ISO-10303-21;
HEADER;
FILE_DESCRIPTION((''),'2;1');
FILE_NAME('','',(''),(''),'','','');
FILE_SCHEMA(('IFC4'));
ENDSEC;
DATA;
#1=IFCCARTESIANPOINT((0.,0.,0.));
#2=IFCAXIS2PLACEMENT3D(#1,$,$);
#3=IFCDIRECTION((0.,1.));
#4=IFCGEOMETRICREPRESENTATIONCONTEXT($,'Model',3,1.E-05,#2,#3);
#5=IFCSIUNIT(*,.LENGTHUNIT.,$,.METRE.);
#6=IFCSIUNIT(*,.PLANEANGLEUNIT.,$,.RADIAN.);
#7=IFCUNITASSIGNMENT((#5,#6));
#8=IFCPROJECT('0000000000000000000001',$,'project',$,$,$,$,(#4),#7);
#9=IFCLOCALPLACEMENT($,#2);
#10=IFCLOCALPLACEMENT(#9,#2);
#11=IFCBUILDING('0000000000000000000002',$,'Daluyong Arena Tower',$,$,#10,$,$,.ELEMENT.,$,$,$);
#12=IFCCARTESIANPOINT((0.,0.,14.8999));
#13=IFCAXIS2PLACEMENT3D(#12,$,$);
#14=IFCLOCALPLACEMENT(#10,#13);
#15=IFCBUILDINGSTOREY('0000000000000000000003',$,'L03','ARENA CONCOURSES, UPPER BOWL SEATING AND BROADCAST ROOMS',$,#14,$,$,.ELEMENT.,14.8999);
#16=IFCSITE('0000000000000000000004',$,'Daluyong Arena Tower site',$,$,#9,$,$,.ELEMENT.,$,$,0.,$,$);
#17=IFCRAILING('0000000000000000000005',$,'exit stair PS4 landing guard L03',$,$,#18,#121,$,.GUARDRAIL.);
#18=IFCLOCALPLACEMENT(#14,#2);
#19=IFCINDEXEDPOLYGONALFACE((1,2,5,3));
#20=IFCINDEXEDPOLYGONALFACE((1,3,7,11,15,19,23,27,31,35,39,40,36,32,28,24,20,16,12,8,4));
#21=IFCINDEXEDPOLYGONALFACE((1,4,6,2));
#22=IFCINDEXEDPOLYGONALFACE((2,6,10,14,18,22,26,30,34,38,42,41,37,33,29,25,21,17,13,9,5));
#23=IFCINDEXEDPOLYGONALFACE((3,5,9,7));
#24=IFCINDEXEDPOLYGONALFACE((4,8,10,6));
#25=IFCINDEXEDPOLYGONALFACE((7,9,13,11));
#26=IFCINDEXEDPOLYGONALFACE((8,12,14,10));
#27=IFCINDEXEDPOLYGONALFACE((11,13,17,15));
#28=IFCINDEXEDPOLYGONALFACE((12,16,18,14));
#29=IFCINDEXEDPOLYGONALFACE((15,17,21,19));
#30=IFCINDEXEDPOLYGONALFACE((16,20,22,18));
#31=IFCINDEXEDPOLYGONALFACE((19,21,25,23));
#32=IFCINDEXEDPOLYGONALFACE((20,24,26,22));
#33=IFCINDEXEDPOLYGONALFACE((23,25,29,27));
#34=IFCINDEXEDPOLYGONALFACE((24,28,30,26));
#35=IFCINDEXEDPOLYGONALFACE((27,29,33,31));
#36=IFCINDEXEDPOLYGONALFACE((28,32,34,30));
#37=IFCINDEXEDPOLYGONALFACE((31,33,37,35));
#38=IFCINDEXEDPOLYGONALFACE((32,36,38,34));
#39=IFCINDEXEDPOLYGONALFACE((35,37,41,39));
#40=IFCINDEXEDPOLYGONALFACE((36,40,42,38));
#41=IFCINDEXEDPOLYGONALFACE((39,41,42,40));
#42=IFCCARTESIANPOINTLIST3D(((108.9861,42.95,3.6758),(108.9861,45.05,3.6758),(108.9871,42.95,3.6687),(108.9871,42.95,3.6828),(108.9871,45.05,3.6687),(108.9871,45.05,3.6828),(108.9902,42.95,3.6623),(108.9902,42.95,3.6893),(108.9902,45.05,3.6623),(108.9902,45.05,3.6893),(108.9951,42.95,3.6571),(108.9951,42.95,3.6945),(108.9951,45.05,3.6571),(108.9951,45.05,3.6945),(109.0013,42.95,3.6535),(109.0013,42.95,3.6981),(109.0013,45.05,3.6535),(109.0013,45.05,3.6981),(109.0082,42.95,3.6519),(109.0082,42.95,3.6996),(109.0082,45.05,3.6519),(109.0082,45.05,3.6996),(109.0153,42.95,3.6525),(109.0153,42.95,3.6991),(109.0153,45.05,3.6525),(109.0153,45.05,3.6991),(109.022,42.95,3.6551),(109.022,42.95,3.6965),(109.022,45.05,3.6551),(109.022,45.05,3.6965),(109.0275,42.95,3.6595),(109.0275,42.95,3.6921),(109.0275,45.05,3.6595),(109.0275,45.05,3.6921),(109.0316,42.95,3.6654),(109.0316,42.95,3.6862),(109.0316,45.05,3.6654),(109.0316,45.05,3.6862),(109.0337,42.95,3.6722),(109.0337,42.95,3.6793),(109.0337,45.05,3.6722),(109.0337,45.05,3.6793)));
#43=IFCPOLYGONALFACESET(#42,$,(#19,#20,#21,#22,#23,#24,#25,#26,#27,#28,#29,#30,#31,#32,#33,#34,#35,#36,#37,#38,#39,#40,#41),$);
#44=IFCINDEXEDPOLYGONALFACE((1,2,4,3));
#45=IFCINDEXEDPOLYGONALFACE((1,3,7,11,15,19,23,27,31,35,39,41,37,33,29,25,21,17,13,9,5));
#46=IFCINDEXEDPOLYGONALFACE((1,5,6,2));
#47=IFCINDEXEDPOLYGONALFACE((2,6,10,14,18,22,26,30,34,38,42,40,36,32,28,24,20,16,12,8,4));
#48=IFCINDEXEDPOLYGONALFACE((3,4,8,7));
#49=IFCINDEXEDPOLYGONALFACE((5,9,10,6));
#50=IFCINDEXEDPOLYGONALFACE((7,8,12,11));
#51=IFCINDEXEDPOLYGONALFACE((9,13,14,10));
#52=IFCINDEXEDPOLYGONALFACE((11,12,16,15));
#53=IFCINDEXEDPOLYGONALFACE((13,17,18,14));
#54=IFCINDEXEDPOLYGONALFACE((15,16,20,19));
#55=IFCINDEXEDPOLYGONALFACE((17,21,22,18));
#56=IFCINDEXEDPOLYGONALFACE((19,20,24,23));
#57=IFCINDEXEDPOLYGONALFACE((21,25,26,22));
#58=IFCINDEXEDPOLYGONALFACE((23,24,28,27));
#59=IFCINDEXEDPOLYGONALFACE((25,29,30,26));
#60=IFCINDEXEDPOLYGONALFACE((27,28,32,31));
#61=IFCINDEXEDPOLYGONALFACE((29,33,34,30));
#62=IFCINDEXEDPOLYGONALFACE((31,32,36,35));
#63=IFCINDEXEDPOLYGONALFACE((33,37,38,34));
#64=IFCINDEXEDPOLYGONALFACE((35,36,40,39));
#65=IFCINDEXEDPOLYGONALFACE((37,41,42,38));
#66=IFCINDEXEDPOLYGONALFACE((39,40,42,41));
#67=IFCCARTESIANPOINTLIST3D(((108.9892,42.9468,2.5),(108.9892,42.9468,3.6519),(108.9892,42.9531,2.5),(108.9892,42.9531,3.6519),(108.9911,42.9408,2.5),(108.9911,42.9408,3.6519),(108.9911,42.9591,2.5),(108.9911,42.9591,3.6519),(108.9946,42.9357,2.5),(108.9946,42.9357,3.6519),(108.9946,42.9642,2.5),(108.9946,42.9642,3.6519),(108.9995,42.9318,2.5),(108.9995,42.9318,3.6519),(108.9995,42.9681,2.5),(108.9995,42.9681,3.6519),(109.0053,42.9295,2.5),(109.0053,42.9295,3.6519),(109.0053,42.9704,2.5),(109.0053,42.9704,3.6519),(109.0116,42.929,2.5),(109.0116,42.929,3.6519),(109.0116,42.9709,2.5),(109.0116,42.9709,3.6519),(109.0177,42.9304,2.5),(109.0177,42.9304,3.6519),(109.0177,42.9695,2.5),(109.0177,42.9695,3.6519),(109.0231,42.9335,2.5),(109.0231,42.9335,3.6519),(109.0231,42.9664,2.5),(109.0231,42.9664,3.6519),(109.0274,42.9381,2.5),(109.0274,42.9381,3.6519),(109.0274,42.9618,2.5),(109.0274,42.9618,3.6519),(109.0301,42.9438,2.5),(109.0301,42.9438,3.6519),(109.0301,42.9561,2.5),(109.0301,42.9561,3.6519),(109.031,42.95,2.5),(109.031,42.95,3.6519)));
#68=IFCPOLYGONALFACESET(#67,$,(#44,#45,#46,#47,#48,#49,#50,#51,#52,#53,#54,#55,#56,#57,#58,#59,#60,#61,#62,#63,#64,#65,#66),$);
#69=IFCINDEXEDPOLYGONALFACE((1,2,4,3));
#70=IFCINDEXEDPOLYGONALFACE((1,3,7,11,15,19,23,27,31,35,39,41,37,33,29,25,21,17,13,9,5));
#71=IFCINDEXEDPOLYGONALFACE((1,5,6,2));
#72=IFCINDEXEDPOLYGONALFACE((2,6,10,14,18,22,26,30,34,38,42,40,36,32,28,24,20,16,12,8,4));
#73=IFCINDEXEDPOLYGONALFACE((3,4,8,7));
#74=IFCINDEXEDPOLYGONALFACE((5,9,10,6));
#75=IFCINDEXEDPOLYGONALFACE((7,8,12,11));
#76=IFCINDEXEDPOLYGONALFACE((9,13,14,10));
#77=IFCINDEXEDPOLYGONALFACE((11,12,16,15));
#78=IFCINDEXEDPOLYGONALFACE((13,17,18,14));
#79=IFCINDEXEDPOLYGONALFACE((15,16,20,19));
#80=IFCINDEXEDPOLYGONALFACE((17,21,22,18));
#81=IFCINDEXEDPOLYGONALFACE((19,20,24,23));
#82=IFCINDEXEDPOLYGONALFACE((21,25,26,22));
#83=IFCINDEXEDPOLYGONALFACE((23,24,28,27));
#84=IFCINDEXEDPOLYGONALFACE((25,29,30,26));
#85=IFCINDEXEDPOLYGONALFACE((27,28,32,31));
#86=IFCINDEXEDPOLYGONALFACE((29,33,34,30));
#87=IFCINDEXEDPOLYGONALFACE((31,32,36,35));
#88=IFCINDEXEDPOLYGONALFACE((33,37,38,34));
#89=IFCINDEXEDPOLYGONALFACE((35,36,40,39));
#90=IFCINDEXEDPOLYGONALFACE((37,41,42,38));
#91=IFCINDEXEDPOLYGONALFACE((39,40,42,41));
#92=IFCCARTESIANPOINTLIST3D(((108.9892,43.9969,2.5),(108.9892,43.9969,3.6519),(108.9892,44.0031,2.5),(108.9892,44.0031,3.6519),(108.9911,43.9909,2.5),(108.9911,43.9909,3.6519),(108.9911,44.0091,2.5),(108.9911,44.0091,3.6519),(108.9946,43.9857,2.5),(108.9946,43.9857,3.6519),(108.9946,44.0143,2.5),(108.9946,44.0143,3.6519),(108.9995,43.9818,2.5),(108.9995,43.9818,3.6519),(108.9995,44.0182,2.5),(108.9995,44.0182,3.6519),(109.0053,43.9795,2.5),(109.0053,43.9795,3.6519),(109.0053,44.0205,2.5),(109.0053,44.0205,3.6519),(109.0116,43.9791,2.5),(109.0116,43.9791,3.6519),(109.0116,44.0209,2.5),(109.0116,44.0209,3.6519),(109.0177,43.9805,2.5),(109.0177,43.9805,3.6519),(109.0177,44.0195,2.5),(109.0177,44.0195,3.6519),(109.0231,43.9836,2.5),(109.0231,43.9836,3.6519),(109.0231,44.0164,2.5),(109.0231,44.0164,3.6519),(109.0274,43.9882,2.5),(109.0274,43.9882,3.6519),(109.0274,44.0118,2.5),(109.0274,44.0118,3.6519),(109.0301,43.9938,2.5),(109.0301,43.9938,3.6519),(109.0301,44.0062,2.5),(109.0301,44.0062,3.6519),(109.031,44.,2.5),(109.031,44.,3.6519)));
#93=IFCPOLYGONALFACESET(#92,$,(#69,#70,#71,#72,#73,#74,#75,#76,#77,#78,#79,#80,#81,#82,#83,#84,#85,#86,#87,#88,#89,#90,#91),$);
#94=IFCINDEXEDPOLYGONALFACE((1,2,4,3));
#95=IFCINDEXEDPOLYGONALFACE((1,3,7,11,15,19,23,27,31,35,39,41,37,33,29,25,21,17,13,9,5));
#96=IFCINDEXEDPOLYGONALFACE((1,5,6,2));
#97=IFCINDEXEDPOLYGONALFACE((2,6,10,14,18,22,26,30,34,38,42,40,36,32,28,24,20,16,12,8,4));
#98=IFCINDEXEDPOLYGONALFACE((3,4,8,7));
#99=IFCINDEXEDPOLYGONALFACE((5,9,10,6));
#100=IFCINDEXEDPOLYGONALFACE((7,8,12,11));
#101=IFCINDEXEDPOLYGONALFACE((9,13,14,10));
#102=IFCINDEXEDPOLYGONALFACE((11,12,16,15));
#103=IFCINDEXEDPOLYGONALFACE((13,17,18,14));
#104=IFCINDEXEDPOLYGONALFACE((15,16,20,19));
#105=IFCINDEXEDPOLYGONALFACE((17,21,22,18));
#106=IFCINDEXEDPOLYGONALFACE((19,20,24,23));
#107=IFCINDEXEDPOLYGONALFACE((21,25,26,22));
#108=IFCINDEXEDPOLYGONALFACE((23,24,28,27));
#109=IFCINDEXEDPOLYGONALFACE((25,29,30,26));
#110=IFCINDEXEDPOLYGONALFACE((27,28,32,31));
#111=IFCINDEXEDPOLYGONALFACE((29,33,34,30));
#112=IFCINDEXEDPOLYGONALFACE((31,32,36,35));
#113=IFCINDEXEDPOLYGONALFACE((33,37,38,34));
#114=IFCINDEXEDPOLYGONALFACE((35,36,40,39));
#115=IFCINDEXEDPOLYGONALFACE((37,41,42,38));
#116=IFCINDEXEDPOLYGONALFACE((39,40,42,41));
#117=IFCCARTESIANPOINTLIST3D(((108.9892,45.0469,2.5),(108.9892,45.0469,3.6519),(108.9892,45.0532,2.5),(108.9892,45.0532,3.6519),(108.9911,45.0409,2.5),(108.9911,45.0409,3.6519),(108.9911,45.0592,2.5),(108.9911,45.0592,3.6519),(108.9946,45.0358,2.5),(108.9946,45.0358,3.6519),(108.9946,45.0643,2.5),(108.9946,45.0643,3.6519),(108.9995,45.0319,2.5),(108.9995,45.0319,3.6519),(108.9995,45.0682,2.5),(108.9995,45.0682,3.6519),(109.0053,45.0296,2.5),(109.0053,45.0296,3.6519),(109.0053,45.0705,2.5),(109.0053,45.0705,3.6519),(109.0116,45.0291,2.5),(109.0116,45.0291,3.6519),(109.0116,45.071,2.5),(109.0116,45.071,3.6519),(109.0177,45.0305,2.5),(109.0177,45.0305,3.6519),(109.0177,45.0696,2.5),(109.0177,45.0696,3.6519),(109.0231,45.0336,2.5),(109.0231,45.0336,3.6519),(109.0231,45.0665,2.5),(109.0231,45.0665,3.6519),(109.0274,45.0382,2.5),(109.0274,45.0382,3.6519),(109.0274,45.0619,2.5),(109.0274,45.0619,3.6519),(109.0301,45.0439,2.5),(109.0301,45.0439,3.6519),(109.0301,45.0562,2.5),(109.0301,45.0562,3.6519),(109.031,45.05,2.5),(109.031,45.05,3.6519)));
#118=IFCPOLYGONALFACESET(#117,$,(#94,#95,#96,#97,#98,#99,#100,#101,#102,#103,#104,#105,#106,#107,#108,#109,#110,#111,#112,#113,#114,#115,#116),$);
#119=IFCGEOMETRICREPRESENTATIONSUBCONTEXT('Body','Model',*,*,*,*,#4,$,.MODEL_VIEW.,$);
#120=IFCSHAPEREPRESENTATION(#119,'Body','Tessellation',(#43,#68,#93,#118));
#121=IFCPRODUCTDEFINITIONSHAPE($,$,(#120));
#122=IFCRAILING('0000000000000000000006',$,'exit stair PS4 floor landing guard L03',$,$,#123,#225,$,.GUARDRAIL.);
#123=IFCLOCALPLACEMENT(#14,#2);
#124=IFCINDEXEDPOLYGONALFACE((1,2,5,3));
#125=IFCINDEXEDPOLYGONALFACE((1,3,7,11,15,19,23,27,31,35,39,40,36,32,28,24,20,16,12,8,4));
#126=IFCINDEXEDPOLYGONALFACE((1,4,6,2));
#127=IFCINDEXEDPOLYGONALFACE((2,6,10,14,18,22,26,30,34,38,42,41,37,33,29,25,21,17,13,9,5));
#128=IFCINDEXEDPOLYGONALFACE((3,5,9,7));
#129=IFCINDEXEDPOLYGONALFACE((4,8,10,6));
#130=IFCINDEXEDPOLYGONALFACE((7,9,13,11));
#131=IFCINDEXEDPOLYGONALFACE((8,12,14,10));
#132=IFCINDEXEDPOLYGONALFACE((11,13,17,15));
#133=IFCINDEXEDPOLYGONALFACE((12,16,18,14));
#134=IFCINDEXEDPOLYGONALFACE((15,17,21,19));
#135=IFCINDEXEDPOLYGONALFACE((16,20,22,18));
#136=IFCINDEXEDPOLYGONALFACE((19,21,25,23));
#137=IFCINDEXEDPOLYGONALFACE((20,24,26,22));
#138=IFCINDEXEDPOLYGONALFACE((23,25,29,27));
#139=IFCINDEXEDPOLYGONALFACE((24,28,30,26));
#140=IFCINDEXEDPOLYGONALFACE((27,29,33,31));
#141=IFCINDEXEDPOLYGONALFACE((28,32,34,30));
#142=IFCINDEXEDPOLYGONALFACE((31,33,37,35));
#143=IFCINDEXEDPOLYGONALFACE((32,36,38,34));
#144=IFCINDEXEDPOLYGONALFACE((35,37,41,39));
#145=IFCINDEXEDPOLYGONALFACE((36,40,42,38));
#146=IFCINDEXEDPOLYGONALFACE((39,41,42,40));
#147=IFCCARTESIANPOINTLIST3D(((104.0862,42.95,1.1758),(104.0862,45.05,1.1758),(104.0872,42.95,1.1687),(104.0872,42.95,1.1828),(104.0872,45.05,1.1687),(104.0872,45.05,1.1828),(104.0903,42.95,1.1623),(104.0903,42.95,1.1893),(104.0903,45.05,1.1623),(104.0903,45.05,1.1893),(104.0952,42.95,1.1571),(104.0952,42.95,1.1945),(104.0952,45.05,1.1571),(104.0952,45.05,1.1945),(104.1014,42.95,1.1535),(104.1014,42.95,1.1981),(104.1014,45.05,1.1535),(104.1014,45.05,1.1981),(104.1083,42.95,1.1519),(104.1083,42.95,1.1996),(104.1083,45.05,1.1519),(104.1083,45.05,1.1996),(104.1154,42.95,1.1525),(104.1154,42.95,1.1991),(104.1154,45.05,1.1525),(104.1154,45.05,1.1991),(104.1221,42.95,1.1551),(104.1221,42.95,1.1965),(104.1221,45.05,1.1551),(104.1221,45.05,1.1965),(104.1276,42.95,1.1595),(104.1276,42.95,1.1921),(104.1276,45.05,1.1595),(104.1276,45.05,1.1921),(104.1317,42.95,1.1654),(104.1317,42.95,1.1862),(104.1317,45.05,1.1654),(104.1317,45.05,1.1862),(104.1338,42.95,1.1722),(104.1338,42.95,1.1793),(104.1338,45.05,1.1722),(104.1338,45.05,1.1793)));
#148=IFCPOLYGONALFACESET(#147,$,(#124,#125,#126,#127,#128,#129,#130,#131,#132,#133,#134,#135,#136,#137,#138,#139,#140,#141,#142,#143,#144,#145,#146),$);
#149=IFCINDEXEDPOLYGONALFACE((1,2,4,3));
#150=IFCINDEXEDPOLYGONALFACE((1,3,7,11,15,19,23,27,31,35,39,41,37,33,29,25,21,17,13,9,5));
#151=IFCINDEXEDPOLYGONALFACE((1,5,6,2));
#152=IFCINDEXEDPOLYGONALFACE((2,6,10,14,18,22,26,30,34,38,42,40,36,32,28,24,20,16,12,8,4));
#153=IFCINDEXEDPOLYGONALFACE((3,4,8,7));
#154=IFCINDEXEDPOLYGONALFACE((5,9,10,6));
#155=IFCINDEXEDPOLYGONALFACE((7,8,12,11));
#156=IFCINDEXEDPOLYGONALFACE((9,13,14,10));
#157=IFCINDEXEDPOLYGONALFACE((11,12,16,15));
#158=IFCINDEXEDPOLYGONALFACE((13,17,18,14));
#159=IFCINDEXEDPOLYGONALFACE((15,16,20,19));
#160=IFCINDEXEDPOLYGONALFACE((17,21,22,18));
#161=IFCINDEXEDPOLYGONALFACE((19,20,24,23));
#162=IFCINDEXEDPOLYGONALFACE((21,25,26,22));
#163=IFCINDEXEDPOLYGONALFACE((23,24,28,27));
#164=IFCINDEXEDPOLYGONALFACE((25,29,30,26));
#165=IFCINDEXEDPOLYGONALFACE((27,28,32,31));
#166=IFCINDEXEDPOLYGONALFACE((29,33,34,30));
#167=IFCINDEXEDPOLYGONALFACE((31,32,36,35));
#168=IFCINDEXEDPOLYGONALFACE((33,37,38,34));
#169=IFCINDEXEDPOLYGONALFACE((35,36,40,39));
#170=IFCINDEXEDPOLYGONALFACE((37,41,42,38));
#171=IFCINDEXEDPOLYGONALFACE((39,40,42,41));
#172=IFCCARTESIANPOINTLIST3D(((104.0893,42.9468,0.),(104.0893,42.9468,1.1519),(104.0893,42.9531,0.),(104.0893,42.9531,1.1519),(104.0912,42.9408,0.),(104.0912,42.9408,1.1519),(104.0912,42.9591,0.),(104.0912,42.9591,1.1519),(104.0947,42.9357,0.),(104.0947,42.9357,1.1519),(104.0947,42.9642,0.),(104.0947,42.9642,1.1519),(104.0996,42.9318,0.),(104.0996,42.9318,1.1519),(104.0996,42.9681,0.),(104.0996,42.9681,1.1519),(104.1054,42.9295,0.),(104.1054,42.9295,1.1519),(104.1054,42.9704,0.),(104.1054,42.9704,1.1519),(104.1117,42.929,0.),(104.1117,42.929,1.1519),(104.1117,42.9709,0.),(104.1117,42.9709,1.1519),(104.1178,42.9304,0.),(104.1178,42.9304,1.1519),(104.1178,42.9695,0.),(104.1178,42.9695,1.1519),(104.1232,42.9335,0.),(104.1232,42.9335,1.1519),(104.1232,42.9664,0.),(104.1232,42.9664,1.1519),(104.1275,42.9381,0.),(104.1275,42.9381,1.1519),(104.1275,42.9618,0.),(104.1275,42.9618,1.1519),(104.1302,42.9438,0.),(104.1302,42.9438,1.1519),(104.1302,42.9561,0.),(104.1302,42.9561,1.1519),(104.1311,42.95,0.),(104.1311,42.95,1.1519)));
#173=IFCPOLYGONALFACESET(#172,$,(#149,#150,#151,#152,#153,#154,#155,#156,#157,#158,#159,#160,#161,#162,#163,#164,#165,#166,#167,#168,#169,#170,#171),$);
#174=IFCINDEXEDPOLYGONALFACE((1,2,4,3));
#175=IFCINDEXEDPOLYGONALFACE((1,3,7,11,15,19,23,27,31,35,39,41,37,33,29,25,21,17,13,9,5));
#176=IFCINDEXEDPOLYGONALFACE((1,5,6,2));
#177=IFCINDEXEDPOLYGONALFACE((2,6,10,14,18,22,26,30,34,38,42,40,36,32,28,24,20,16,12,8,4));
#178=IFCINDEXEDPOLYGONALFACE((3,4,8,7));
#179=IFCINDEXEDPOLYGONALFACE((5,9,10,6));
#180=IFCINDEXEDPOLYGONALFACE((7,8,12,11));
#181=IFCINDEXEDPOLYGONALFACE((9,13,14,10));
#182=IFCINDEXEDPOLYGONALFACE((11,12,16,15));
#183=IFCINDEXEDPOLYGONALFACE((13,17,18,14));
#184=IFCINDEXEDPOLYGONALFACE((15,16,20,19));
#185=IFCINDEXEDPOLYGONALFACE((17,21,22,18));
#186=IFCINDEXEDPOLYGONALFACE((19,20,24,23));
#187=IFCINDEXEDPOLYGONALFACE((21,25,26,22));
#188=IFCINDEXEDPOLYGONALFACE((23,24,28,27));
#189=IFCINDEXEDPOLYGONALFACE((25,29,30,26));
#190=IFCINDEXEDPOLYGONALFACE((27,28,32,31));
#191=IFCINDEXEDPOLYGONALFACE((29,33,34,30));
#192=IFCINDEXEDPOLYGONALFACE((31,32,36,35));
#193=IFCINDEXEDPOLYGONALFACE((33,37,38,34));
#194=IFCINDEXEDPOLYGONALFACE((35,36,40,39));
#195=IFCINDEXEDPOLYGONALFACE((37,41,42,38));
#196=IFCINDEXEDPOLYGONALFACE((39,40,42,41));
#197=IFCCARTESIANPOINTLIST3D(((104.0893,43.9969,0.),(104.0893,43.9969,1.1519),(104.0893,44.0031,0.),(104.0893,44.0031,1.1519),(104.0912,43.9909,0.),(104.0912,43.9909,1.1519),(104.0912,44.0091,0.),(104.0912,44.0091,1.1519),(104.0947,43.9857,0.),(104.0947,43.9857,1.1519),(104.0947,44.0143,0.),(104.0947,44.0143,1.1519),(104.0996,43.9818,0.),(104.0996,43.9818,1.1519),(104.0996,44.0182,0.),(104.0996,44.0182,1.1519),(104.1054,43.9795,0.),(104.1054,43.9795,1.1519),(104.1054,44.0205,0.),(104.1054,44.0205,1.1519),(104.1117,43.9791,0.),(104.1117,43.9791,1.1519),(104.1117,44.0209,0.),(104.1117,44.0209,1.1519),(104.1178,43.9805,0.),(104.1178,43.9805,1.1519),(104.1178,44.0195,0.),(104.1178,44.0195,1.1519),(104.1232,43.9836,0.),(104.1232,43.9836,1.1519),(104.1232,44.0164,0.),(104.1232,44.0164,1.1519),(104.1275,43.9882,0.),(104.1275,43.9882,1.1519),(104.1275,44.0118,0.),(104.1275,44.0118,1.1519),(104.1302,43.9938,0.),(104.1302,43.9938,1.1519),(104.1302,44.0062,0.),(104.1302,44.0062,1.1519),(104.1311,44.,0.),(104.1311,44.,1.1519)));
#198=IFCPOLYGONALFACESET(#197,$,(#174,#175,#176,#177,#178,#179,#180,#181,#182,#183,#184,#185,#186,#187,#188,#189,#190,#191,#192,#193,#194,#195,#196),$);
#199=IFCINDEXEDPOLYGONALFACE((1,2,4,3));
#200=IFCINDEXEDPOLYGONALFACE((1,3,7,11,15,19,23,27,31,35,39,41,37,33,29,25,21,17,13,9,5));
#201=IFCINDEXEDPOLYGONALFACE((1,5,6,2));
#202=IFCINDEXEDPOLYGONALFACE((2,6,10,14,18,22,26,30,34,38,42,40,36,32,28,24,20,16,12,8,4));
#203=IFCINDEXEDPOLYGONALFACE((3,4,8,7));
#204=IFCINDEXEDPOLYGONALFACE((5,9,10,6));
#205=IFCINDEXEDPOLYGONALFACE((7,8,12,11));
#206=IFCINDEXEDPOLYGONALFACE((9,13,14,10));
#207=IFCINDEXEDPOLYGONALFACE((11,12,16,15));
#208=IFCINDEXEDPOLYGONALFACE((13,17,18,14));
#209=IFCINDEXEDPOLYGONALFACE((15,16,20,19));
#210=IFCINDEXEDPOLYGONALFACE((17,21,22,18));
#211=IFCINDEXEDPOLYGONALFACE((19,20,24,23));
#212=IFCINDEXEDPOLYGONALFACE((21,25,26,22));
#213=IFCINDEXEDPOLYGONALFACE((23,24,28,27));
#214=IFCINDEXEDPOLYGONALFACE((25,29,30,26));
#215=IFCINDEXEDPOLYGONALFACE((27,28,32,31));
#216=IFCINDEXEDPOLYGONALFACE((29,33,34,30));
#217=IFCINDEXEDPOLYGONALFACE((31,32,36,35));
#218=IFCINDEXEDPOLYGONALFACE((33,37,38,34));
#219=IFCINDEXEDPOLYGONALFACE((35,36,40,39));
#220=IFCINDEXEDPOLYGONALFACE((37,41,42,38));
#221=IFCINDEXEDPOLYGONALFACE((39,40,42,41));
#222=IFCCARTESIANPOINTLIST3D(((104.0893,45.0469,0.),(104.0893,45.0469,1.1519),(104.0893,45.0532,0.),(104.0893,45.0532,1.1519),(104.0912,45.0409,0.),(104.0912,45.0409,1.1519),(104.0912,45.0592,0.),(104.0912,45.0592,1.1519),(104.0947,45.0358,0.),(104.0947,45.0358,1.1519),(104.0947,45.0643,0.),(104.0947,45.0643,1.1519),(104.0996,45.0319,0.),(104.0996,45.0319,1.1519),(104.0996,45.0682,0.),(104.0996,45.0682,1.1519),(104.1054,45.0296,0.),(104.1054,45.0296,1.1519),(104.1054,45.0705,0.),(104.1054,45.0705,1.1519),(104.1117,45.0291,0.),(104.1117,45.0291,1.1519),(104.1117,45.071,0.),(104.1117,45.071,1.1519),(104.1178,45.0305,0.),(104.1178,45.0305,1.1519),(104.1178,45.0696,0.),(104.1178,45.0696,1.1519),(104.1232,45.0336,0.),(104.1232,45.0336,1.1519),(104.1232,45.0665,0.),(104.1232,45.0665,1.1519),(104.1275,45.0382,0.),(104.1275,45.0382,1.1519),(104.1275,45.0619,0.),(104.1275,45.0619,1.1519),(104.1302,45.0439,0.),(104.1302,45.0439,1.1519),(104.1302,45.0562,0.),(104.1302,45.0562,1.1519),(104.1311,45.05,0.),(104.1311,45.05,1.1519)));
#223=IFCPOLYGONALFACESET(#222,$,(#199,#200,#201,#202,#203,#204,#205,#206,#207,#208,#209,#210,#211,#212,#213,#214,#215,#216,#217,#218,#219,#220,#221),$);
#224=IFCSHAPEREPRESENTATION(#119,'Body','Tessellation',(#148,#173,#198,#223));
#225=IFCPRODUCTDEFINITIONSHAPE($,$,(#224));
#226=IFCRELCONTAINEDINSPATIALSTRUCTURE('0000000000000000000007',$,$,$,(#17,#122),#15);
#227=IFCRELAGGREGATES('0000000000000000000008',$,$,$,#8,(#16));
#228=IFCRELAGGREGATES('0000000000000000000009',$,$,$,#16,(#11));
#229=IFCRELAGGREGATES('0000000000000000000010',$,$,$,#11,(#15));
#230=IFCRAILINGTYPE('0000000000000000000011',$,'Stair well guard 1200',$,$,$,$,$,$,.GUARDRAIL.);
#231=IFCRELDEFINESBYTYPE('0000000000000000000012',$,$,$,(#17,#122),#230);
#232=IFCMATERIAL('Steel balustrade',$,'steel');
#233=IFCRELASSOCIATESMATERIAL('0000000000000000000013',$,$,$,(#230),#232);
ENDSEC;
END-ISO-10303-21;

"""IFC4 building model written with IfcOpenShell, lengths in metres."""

from ifc_helpers import new_model, si_unit, direction, frame, origin, origin_2d, place, context, subcontext, project, spatial, circle, extrude, material, type_object, element, save


model = new_model("IFC4")

# Units and contexts
model_context = context("Model", 3, precision=1e-05, world=origin(), true_north=direction((0.0, 1.0)))
body_context = subcontext(model_context, "Body", "Model", "MODEL_VIEW")
ifc_project = project(units=[si_unit("LENGTHUNIT", "METRE"), si_unit("PLANEANGLEUNIT", "RADIAN")], contexts=[model_context])

# Site, building, storey
site_placement = place(None, origin())
site = spatial("IfcSite", under=ifc_project, at=site_placement, Name="Daluyong Arena Tower site", CompositionType="ELEMENT", RefElevation=0.0)
building_placement = place(site_placement, origin())
building = spatial("IfcBuilding", under=site, at=building_placement, Name="Daluyong Arena Tower", CompositionType="ELEMENT")
storey_placement = place(building_placement, frame((0.0, 0.0, 14.8999)))
storey = spatial("IfcBuildingStorey", under=building, at=storey_placement, Name="L03", Description="ARENA CONCOURSES, UPPER BOWL SEATING AND BROADCAST ROOMS", CompositionType="ELEMENT", Elevation=14.8999)

# Railings
ifc_material_1 = material(Name="Steel balustrade", Category="steel")
railing_type_1 = type_object("IfcRailingType", Name="Stair well guard 1200", PredefinedType="GUARDRAIL", material=ifc_material_1)
for number, where, name in (
    (1, (109.01, 42.95, 2.5), "exit stair PS4 landing guard L03"),
    (2, (104.1101, 42.95, 0.0), "exit stair PS4 floor landing guard L03"),
):
    element("IfcRailing", number, at=place(storey_placement, frame(where)), inside=storey, type_object=railing_type_1, Name=name, PredefinedType="GUARDRAIL", context=body_context, shape_type="SweptSolid", body=[
        extrude(circle(Radius=0.0239, at=origin_2d()), frame((0.0, 0.0, 1.1758), z_axis=(0.0, 1.0, 0.0), x_axis=(-1.0, 0.0, 0.0)), (0.0, 0.0, 1.0), 2.1001),
        extrude(circle(Radius=0.021, at=origin_2d()), origin(), (0.0, 0.0, 1.0), 1.1519),
        extrude(circle(Radius=0.021, at=origin_2d()), frame((0.0, 1.05, 0.0)), (0.0, 0.0, 1.0), 1.1519),
        extrude(circle(Radius=0.021, at=origin_2d()), frame((0.0, 2.1001, 0.0)), (0.0, 0.0, 1.0), 1.1519),
    ])

save(model, "model.ifc")
